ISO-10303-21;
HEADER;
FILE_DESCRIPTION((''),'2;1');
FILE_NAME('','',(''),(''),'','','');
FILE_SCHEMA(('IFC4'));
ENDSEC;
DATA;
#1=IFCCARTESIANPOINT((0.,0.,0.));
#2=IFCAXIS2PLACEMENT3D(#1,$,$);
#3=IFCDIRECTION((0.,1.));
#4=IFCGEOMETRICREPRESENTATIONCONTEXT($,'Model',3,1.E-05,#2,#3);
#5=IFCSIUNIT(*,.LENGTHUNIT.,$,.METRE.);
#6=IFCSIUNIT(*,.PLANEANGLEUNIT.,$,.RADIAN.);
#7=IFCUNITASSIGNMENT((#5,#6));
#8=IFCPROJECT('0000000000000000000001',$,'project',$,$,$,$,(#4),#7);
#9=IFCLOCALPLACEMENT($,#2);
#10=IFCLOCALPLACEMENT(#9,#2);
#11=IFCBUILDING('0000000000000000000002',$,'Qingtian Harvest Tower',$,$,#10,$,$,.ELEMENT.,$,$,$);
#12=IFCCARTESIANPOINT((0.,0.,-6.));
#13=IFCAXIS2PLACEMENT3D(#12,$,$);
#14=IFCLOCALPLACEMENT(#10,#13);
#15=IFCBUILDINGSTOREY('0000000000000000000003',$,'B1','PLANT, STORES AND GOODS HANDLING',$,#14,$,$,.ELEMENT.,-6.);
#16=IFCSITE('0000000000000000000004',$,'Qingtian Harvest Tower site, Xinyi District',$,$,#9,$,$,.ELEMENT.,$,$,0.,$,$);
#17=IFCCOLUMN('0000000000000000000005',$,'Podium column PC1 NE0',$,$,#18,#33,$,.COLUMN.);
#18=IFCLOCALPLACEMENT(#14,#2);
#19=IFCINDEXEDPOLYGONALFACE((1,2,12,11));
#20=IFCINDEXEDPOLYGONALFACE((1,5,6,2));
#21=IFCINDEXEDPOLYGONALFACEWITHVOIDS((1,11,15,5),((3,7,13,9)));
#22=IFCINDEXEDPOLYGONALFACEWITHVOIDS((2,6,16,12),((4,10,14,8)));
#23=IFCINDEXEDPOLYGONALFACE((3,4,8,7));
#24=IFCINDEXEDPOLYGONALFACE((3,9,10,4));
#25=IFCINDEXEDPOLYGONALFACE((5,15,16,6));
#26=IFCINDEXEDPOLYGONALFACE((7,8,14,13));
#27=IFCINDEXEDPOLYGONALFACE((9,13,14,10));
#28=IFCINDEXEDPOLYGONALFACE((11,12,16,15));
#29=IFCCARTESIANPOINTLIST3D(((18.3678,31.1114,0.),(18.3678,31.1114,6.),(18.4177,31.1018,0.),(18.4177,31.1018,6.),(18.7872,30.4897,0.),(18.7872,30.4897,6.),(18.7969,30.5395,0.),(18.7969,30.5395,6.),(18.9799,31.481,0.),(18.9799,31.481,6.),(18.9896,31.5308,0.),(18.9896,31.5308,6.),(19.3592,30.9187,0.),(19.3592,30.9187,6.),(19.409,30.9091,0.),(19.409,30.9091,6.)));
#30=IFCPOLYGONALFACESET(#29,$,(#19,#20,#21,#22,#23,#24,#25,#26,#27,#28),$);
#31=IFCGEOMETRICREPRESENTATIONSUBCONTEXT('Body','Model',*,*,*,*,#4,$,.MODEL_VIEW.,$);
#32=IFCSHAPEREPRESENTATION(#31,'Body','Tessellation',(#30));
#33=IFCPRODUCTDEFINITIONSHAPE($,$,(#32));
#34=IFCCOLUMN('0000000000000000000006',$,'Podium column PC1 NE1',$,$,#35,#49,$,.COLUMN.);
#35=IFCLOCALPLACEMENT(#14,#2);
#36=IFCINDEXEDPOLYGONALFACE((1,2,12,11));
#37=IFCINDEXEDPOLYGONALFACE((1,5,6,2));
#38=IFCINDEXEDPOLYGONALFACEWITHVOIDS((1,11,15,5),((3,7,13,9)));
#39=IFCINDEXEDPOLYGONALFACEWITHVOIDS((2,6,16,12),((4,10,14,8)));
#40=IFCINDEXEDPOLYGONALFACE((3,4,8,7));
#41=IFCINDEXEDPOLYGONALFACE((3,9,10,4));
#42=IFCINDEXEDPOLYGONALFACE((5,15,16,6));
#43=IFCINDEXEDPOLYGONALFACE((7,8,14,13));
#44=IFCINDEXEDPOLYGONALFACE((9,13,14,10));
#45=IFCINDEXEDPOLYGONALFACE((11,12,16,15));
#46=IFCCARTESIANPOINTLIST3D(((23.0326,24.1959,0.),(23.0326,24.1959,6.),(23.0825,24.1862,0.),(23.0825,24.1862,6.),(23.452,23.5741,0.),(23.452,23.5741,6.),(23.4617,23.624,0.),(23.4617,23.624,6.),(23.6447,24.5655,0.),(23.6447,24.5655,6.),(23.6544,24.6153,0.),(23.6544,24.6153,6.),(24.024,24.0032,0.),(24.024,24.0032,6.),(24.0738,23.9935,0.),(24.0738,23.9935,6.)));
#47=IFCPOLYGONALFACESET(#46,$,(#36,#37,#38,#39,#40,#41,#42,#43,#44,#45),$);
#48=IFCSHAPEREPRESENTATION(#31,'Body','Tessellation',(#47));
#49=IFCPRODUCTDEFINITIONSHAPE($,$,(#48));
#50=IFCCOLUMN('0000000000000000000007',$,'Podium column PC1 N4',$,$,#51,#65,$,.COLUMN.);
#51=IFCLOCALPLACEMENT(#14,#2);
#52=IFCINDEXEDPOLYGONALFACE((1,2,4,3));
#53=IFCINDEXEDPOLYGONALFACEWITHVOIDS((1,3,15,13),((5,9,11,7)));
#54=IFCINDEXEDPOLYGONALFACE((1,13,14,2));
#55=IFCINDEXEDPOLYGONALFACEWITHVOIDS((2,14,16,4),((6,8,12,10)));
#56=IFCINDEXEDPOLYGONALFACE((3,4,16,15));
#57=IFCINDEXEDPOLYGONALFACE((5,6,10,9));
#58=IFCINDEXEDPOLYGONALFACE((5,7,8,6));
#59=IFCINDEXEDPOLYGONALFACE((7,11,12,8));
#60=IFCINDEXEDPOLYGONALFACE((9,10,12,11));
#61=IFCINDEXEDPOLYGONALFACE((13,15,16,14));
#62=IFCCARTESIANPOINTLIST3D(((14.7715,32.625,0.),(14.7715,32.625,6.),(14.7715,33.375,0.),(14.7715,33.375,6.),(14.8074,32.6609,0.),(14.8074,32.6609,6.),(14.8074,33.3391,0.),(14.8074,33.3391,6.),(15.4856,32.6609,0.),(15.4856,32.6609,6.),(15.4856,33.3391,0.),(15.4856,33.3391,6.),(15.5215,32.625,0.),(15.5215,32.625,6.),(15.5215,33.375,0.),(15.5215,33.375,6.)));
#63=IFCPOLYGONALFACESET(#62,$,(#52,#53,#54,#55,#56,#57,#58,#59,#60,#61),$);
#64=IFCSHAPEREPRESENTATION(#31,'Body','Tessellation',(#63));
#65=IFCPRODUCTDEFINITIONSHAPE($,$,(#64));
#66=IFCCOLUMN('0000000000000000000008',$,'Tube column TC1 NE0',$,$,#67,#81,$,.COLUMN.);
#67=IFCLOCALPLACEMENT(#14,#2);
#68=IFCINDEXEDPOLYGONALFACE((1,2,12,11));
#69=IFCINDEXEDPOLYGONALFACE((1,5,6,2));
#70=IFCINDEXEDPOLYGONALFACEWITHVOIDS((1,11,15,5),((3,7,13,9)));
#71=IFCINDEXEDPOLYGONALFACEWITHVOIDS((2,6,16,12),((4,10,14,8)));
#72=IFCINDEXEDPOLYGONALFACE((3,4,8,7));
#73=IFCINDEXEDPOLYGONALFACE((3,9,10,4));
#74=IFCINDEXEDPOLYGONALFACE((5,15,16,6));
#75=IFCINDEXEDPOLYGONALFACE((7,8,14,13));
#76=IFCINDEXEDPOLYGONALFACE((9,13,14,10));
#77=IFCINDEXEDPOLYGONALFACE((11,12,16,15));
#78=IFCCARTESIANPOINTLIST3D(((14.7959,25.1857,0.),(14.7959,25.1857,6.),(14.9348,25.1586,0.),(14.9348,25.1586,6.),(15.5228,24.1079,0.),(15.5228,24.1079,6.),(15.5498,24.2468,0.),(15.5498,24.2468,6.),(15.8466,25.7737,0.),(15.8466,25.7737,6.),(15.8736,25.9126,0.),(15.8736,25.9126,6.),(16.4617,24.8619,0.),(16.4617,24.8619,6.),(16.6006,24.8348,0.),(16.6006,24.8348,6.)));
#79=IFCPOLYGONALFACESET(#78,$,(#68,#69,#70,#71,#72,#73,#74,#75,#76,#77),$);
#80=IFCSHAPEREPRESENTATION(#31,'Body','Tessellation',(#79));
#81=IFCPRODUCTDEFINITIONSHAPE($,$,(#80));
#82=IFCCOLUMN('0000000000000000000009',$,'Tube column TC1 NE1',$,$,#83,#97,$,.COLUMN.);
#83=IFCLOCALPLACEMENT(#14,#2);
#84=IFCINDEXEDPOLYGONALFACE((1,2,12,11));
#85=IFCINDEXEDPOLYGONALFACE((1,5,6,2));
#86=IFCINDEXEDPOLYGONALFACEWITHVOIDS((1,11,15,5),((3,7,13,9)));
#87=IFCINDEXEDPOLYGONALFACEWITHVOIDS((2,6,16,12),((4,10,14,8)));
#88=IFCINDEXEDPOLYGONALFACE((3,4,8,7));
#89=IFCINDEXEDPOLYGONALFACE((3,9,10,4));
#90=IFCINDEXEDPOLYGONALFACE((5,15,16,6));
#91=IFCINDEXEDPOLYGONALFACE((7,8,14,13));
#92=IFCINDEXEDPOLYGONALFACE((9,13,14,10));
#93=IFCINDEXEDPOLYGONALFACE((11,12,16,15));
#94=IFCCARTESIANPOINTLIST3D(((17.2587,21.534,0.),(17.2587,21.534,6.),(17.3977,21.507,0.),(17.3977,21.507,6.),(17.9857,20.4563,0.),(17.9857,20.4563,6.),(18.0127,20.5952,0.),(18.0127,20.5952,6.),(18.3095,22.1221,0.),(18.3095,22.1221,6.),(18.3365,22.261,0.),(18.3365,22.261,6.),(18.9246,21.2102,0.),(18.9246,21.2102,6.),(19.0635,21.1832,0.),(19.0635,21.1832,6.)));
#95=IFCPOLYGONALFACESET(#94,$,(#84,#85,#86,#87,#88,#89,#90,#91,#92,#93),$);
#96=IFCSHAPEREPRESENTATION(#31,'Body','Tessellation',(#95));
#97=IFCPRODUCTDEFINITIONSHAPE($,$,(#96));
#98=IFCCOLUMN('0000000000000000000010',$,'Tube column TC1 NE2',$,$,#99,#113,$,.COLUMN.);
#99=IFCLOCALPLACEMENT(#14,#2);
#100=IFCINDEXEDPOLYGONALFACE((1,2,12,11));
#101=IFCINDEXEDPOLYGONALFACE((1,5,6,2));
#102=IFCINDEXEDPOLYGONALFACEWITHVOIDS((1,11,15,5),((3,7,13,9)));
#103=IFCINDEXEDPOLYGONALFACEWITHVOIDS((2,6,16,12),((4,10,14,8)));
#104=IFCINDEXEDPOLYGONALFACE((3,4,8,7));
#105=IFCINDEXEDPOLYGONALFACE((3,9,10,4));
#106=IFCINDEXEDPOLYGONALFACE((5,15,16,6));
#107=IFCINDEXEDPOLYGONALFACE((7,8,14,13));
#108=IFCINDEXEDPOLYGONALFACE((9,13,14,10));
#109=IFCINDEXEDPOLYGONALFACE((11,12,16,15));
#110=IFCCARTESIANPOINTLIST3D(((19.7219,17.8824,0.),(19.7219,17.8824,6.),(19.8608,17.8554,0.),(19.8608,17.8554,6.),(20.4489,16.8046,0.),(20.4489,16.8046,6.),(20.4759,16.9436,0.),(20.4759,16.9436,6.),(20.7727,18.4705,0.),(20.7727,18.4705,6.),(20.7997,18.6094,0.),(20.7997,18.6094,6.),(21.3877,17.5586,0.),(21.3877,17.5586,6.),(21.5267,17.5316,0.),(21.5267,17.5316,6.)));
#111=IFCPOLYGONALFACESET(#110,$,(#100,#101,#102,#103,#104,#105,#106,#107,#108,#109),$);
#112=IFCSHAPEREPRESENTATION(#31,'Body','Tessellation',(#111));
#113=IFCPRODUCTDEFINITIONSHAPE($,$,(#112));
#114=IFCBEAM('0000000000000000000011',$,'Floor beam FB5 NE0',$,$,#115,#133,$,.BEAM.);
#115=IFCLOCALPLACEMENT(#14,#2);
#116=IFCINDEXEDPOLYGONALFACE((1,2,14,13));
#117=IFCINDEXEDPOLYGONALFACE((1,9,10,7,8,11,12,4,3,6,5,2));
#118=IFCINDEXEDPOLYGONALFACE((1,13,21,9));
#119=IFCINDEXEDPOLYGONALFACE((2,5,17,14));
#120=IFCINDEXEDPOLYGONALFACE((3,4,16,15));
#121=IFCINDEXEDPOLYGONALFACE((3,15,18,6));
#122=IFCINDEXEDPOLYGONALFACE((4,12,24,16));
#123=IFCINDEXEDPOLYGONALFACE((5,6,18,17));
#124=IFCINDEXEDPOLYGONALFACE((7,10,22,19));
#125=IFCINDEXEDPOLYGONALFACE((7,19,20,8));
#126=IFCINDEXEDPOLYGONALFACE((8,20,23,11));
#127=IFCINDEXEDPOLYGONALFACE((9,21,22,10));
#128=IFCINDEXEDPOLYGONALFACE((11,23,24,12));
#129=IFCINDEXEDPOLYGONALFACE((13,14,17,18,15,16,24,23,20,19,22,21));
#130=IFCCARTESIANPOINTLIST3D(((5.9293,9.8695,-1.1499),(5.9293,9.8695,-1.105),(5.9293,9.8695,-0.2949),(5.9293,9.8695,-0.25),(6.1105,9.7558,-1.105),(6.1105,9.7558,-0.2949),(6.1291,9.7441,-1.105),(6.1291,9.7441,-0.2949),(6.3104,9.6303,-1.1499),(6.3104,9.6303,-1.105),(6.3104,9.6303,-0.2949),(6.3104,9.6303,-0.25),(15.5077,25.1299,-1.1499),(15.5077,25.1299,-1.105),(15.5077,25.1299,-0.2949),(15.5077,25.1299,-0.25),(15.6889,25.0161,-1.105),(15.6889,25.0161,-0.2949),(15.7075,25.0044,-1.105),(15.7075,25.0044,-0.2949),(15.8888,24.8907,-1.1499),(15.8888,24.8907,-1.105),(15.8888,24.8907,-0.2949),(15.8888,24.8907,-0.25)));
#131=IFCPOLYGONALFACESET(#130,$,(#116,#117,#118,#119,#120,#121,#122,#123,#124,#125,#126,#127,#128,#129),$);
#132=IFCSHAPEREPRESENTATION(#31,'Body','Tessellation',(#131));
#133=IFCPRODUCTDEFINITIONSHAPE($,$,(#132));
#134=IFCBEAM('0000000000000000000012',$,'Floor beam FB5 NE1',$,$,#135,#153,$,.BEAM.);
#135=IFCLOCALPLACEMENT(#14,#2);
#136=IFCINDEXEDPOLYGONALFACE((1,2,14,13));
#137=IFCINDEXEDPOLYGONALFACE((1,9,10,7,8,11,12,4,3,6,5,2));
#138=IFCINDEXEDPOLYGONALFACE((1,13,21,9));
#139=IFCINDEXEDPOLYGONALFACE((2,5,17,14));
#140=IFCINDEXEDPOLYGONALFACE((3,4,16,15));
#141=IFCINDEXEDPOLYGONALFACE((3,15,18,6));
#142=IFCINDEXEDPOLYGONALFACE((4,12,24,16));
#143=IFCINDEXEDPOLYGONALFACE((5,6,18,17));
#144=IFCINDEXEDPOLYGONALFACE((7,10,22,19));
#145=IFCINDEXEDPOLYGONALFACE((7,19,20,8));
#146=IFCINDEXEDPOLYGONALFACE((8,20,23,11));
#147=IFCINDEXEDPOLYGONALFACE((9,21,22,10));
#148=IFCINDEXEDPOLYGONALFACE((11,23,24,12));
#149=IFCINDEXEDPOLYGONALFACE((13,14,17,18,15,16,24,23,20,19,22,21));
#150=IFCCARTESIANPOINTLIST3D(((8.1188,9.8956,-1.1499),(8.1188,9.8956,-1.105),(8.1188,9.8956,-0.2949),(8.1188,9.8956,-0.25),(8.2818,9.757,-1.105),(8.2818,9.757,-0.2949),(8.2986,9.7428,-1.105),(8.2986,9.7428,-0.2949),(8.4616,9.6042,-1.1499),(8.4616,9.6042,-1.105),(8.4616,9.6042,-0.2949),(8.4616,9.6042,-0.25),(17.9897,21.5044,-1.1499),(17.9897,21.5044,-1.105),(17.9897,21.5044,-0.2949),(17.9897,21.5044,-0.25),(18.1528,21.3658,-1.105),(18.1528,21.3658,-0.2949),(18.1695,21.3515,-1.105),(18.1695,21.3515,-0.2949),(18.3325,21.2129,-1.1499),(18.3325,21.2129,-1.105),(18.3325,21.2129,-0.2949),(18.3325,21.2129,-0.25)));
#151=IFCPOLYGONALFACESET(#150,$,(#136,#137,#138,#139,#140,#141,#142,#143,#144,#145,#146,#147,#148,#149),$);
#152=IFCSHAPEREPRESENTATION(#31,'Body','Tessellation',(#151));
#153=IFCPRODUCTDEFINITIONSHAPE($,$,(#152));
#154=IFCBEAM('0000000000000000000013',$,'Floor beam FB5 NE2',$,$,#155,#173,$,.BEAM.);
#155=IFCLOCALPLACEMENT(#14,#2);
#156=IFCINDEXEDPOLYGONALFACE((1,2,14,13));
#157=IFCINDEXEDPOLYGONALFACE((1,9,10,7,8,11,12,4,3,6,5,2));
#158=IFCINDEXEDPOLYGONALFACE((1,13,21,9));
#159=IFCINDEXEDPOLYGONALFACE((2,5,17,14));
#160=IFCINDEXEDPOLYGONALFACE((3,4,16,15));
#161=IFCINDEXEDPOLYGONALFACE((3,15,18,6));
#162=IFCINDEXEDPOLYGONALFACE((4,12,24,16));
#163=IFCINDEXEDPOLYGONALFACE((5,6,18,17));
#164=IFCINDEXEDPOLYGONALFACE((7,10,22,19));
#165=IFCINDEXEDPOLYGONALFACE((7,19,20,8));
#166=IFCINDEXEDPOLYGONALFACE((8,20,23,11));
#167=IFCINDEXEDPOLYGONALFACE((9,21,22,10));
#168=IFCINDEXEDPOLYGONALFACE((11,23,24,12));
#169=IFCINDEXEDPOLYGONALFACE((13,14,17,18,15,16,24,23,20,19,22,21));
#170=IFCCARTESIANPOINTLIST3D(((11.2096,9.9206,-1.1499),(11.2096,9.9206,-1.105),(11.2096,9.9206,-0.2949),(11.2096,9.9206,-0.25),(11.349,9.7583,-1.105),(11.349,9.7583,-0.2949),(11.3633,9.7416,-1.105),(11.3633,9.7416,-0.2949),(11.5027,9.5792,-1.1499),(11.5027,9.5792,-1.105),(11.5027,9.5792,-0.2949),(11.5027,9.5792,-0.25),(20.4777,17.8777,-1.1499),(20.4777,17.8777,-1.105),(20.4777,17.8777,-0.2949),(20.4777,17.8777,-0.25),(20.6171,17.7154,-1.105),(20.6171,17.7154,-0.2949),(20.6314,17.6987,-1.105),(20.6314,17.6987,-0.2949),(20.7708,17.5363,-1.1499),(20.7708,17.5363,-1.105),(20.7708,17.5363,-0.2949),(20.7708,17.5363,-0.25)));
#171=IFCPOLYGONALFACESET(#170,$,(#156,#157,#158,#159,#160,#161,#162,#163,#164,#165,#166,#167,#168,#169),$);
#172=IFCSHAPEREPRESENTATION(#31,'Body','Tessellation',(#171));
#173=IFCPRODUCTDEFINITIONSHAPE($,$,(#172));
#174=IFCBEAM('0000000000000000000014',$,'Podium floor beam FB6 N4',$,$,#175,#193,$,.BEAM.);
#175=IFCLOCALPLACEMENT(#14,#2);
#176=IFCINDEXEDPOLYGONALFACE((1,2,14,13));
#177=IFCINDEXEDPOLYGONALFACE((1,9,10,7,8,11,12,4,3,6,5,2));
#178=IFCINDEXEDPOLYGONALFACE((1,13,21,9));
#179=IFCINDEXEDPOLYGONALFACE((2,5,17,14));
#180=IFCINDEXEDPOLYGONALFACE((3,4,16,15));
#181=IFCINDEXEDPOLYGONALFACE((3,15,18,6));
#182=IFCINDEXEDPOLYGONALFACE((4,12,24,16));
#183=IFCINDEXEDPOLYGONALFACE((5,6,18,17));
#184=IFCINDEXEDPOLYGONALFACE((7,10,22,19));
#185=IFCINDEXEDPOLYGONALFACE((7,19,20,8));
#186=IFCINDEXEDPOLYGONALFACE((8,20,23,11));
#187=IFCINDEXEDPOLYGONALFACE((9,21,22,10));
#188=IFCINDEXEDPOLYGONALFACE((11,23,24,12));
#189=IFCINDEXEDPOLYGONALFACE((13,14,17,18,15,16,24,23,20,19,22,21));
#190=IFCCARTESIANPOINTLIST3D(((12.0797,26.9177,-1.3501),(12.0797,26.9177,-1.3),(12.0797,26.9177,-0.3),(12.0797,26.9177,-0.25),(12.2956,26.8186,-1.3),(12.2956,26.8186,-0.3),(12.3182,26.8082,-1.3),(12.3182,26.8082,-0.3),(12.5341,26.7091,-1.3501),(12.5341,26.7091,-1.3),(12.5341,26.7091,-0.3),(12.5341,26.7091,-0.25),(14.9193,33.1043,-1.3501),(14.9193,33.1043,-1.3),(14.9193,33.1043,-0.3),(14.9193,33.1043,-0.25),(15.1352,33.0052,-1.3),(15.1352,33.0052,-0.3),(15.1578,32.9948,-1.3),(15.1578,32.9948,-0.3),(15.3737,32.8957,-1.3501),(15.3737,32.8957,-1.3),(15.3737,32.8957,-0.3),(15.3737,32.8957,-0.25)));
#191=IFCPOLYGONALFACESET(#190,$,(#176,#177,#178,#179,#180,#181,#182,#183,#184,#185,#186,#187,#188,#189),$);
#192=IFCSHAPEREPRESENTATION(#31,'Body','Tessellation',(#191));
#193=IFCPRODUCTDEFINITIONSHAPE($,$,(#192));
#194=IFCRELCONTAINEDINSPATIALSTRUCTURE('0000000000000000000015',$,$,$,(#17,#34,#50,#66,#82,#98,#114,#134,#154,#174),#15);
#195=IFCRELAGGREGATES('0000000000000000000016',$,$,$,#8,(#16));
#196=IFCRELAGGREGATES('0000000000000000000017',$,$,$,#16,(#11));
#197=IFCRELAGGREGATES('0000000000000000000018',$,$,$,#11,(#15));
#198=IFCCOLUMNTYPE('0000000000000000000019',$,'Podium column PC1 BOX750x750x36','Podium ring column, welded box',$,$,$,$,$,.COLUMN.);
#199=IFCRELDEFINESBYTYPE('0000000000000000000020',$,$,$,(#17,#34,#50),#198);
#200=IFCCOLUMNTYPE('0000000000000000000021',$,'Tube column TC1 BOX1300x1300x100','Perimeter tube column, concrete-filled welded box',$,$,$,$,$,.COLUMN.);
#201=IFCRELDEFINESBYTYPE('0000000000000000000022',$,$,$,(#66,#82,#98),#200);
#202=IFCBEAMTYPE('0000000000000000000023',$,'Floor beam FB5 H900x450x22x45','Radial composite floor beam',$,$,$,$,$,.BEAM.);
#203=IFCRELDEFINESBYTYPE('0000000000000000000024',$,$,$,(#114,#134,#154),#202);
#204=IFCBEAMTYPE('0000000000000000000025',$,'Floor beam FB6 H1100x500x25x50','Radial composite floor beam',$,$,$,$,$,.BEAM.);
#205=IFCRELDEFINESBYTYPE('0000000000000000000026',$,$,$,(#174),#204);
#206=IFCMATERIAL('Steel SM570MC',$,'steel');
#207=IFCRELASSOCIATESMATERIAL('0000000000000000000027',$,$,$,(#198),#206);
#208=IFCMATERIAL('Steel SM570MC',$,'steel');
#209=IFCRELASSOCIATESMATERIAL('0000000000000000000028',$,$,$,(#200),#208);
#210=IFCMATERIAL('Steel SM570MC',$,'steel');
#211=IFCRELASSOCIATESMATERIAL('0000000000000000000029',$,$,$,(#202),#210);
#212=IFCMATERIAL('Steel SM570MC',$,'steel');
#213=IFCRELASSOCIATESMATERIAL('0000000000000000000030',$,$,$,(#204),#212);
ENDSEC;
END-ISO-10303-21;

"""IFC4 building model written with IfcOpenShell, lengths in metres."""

from ifc_helpers import new_model, si_unit, direction, frame, origin, origin_2d, place, context, subcontext, project, spatial, hollow_rectangle, i_section, extrude, material, material_profile, profile_set, type_object, element, save


model = new_model("IFC4")

# Units and contexts
model_context = context("Model", 3, precision=1e-05, world=origin(), true_north=direction((0.0, 1.0)))
body_context = subcontext(model_context, "Body", "Model", "MODEL_VIEW")
ifc_project = project(units=[si_unit("LENGTHUNIT", "METRE"), si_unit("PLANEANGLEUNIT", "RADIAN")], contexts=[model_context])

# Site, building, storey
site_placement = place(None, origin())
site = spatial("IfcSite", under=ifc_project, at=site_placement, Name="Qingtian Harvest Tower site, Xinyi District", CompositionType="ELEMENT", RefElevation=0.0)
building_placement = place(site_placement, origin())
building = spatial("IfcBuilding", under=site, at=building_placement, Name="Qingtian Harvest Tower", CompositionType="ELEMENT")
storey_placement = place(building_placement, frame((0.0, 0.0, -6.0)))
storey = spatial("IfcBuildingStorey", under=building, at=storey_placement, Name="B1", Description="PLANT, STORES AND GOODS HANDLING", CompositionType="ELEMENT", Elevation=-6.0)

# Columns
ifc_material_1 = material(Name="Steel SM570MC", Category="steel")
ifc_material_profile_1 = material_profile(ifc_material_1, hollow_rectangle(XDim=0.75, YDim=0.75, WallThickness=0.0359, at=origin_2d()), Name="BOX750x750x36")
ifc_profile_set_1 = profile_set([ifc_material_profile_1], Name="Steel SM570MC")
column_type_1 = type_object("IfcColumnType", Name="Podium column PC1 BOX750x750x36", Description="Podium ring column, welded box", PredefinedType="COLUMN", material=ifc_profile_set_1)
for number, where, z_axis, x_axis, name in (
    (1, (18.8884, 31.0103, 0.0), (0.0, 0.0, 1.0), (-0.559193, 0.829038, 0.0), "Podium column PC1 NE0"),
    (2, (23.5532, 24.0947, 0.0), (0.0, 0.0, 1.0), (-0.559193, 0.829038, 0.0), "Podium column PC1 NE1"),
    (3, (15.1465, 33.0, 0.0), (0.0, 0.0, 1.0), (-1.0, 0.0, 0.0), "Podium column PC1 N4"),
):
    element("IfcColumn", number, at=place(storey_placement, frame(where, z_axis=z_axis, x_axis=x_axis)), inside=storey, type_object=column_type_1, Name=name, PredefinedType="COLUMN", context=body_context, shape_type="SweptSolid", body=[
        extrude(hollow_rectangle(XDim=0.75, YDim=0.75, WallThickness=0.0359, at=origin_2d()), origin(), (0.0, 0.0, 1.0), 6.0),
    ])
ifc_material_2 = material(Name="Steel SM570MC", Category="steel")
ifc_material_profile_2 = material_profile(ifc_material_2, hollow_rectangle(XDim=1.3, YDim=1.3, WallThickness=0.1001, at=origin_2d()), Name="BOX1300x1300x100")
ifc_profile_set_2 = profile_set([ifc_material_profile_2], Name="Steel SM570MC")
column_type_2 = type_object("IfcColumnType", Name="Tube column TC1 BOX1300x1300x100", Description="Perimeter tube column, concrete-filled welded box", PredefinedType="COLUMN", material=ifc_profile_set_2)
for number, where, z_axis, x_axis, name in (
    (4, (15.6982, 25.0103, 0.0), (0.0, 0.0, 1.0), (-0.559193, 0.829038, 0.0), "Tube column TC1 NE0"),
    (5, (18.1611, 21.3586, 0.0), (0.0, 0.0, 1.0), (-0.559193, 0.829038, 0.0), "Tube column TC1 NE1"),
    (6, (20.6243, 17.707, 0.0), (0.0, 0.0, 1.0), (-0.559193, 0.829038, 0.0), "Tube column TC1 NE2"),
):
    element("IfcColumn", number, at=place(storey_placement, frame(where, z_axis=z_axis, x_axis=x_axis)), inside=storey, type_object=column_type_2, Name=name, PredefinedType="COLUMN", context=body_context, shape_type="SweptSolid", body=[
        extrude(hollow_rectangle(XDim=1.3, YDim=1.3, WallThickness=0.1001, at=origin_2d()), origin(), (0.0, 0.0, 1.0), 6.0),
    ])

# Beams
ifc_material_3 = material(Name="Steel SM570MC", Category="steel")
ifc_material_profile_3 = material_profile(ifc_material_3, i_section(OverallWidth=0.45, OverallDepth=0.8999, WebThickness=0.022, FlangeThickness=0.0449, at=origin_2d()), Name="H900x450x22x45")
ifc_profile_set_3 = profile_set([ifc_material_profile_3], Name="Steel SM570MC")
beam_type_1 = type_object("IfcBeamType", Name="Floor beam FB5 H900x450x22x45", Description="Radial composite floor beam", PredefinedType="BEAM", material=ifc_profile_set_3)
beam_1_placement = place(storey_placement, frame((15.6982, 25.0103, -0.7), z_axis=(-0.531623, -0.846981, 0.0), x_axis=(0.846981, -0.531623, 0.0)))
element("IfcBeam", 7, at=beam_1_placement, inside=storey, type_object=beam_type_1, Name="Floor beam FB5 NE0", PredefinedType="BEAM", context=body_context, shape_type="SweptSolid", body=[
    extrude(i_section(OverallWidth=0.45, OverallDepth=0.8999, WebThickness=0.022, FlangeThickness=0.0449, at=origin_2d()), origin(), (0.0, 0.0, 1.0), 18.0173),
])
beam_2_placement = place(storey_placement, frame((18.1611, 21.3586, -0.7), z_axis=(-0.647782, -0.761826, 0.0), x_axis=(0.761826, -0.647782, 0.0)))
element("IfcBeam", 8, at=beam_2_placement, inside=storey, type_object=beam_type_1, Name="Floor beam FB5 NE1", PredefinedType="BEAM", context=body_context, shape_type="SweptSolid", body=[
    extrude(i_section(OverallWidth=0.45, OverallDepth=0.8999, WebThickness=0.022, FlangeThickness=0.0449, at=origin_2d()), origin(), (0.0, 0.0, 1.0), 15.238),
])
beam_3_placement = place(storey_placement, frame((20.6243, 17.707, -0.7), z_axis=(-0.758732, -0.651403, 0.0), x_axis=(0.651403, -0.758732, 0.0)))
element("IfcBeam", 9, at=beam_3_placement, inside=storey, type_object=beam_type_1, Name="Floor beam FB5 NE2", PredefinedType="BEAM", context=body_context, shape_type="SweptSolid", body=[
    extrude(i_section(OverallWidth=0.45, OverallDepth=0.8999, WebThickness=0.022, FlangeThickness=0.0449, at=origin_2d()), origin(), (0.0, 0.0, 1.0), 12.2153),
])
ifc_material_4 = material(Name="Steel SM570MC", Category="steel")
ifc_material_profile_4 = material_profile(ifc_material_4, i_section(OverallWidth=0.5, OverallDepth=1.1001, WebThickness=0.0249, FlangeThickness=0.05, at=origin_2d()), Name="H1100x500x25x50")
ifc_profile_set_4 = profile_set([ifc_material_profile_4], Name="Steel SM570MC")
beam_type_2 = type_object("IfcBeamType", Name="Floor beam FB6 H1100x500x25x50", Description="Radial composite floor beam", PredefinedType="BEAM", material=ifc_profile_set_4)
beam_4_placement = place(storey_placement, frame((15.1465, 33.0, -0.8), z_axis=(-0.417154, -0.908836, 0.0), x_axis=(0.908836, -0.417154, 0.0)))
element("IfcBeam", 10, at=beam_4_placement, inside=storey, type_object=beam_type_2, Name="Podium floor beam FB6 N4", PredefinedType="BEAM", context=body_context, shape_type="SweptSolid", body=[
    extrude(i_section(OverallWidth=0.5, OverallDepth=1.1001, WebThickness=0.0249, FlangeThickness=0.05, at=origin_2d()), origin(), (0.0, 0.0, 1.0), 6.8071),
])

save(model, "model.ifc")
